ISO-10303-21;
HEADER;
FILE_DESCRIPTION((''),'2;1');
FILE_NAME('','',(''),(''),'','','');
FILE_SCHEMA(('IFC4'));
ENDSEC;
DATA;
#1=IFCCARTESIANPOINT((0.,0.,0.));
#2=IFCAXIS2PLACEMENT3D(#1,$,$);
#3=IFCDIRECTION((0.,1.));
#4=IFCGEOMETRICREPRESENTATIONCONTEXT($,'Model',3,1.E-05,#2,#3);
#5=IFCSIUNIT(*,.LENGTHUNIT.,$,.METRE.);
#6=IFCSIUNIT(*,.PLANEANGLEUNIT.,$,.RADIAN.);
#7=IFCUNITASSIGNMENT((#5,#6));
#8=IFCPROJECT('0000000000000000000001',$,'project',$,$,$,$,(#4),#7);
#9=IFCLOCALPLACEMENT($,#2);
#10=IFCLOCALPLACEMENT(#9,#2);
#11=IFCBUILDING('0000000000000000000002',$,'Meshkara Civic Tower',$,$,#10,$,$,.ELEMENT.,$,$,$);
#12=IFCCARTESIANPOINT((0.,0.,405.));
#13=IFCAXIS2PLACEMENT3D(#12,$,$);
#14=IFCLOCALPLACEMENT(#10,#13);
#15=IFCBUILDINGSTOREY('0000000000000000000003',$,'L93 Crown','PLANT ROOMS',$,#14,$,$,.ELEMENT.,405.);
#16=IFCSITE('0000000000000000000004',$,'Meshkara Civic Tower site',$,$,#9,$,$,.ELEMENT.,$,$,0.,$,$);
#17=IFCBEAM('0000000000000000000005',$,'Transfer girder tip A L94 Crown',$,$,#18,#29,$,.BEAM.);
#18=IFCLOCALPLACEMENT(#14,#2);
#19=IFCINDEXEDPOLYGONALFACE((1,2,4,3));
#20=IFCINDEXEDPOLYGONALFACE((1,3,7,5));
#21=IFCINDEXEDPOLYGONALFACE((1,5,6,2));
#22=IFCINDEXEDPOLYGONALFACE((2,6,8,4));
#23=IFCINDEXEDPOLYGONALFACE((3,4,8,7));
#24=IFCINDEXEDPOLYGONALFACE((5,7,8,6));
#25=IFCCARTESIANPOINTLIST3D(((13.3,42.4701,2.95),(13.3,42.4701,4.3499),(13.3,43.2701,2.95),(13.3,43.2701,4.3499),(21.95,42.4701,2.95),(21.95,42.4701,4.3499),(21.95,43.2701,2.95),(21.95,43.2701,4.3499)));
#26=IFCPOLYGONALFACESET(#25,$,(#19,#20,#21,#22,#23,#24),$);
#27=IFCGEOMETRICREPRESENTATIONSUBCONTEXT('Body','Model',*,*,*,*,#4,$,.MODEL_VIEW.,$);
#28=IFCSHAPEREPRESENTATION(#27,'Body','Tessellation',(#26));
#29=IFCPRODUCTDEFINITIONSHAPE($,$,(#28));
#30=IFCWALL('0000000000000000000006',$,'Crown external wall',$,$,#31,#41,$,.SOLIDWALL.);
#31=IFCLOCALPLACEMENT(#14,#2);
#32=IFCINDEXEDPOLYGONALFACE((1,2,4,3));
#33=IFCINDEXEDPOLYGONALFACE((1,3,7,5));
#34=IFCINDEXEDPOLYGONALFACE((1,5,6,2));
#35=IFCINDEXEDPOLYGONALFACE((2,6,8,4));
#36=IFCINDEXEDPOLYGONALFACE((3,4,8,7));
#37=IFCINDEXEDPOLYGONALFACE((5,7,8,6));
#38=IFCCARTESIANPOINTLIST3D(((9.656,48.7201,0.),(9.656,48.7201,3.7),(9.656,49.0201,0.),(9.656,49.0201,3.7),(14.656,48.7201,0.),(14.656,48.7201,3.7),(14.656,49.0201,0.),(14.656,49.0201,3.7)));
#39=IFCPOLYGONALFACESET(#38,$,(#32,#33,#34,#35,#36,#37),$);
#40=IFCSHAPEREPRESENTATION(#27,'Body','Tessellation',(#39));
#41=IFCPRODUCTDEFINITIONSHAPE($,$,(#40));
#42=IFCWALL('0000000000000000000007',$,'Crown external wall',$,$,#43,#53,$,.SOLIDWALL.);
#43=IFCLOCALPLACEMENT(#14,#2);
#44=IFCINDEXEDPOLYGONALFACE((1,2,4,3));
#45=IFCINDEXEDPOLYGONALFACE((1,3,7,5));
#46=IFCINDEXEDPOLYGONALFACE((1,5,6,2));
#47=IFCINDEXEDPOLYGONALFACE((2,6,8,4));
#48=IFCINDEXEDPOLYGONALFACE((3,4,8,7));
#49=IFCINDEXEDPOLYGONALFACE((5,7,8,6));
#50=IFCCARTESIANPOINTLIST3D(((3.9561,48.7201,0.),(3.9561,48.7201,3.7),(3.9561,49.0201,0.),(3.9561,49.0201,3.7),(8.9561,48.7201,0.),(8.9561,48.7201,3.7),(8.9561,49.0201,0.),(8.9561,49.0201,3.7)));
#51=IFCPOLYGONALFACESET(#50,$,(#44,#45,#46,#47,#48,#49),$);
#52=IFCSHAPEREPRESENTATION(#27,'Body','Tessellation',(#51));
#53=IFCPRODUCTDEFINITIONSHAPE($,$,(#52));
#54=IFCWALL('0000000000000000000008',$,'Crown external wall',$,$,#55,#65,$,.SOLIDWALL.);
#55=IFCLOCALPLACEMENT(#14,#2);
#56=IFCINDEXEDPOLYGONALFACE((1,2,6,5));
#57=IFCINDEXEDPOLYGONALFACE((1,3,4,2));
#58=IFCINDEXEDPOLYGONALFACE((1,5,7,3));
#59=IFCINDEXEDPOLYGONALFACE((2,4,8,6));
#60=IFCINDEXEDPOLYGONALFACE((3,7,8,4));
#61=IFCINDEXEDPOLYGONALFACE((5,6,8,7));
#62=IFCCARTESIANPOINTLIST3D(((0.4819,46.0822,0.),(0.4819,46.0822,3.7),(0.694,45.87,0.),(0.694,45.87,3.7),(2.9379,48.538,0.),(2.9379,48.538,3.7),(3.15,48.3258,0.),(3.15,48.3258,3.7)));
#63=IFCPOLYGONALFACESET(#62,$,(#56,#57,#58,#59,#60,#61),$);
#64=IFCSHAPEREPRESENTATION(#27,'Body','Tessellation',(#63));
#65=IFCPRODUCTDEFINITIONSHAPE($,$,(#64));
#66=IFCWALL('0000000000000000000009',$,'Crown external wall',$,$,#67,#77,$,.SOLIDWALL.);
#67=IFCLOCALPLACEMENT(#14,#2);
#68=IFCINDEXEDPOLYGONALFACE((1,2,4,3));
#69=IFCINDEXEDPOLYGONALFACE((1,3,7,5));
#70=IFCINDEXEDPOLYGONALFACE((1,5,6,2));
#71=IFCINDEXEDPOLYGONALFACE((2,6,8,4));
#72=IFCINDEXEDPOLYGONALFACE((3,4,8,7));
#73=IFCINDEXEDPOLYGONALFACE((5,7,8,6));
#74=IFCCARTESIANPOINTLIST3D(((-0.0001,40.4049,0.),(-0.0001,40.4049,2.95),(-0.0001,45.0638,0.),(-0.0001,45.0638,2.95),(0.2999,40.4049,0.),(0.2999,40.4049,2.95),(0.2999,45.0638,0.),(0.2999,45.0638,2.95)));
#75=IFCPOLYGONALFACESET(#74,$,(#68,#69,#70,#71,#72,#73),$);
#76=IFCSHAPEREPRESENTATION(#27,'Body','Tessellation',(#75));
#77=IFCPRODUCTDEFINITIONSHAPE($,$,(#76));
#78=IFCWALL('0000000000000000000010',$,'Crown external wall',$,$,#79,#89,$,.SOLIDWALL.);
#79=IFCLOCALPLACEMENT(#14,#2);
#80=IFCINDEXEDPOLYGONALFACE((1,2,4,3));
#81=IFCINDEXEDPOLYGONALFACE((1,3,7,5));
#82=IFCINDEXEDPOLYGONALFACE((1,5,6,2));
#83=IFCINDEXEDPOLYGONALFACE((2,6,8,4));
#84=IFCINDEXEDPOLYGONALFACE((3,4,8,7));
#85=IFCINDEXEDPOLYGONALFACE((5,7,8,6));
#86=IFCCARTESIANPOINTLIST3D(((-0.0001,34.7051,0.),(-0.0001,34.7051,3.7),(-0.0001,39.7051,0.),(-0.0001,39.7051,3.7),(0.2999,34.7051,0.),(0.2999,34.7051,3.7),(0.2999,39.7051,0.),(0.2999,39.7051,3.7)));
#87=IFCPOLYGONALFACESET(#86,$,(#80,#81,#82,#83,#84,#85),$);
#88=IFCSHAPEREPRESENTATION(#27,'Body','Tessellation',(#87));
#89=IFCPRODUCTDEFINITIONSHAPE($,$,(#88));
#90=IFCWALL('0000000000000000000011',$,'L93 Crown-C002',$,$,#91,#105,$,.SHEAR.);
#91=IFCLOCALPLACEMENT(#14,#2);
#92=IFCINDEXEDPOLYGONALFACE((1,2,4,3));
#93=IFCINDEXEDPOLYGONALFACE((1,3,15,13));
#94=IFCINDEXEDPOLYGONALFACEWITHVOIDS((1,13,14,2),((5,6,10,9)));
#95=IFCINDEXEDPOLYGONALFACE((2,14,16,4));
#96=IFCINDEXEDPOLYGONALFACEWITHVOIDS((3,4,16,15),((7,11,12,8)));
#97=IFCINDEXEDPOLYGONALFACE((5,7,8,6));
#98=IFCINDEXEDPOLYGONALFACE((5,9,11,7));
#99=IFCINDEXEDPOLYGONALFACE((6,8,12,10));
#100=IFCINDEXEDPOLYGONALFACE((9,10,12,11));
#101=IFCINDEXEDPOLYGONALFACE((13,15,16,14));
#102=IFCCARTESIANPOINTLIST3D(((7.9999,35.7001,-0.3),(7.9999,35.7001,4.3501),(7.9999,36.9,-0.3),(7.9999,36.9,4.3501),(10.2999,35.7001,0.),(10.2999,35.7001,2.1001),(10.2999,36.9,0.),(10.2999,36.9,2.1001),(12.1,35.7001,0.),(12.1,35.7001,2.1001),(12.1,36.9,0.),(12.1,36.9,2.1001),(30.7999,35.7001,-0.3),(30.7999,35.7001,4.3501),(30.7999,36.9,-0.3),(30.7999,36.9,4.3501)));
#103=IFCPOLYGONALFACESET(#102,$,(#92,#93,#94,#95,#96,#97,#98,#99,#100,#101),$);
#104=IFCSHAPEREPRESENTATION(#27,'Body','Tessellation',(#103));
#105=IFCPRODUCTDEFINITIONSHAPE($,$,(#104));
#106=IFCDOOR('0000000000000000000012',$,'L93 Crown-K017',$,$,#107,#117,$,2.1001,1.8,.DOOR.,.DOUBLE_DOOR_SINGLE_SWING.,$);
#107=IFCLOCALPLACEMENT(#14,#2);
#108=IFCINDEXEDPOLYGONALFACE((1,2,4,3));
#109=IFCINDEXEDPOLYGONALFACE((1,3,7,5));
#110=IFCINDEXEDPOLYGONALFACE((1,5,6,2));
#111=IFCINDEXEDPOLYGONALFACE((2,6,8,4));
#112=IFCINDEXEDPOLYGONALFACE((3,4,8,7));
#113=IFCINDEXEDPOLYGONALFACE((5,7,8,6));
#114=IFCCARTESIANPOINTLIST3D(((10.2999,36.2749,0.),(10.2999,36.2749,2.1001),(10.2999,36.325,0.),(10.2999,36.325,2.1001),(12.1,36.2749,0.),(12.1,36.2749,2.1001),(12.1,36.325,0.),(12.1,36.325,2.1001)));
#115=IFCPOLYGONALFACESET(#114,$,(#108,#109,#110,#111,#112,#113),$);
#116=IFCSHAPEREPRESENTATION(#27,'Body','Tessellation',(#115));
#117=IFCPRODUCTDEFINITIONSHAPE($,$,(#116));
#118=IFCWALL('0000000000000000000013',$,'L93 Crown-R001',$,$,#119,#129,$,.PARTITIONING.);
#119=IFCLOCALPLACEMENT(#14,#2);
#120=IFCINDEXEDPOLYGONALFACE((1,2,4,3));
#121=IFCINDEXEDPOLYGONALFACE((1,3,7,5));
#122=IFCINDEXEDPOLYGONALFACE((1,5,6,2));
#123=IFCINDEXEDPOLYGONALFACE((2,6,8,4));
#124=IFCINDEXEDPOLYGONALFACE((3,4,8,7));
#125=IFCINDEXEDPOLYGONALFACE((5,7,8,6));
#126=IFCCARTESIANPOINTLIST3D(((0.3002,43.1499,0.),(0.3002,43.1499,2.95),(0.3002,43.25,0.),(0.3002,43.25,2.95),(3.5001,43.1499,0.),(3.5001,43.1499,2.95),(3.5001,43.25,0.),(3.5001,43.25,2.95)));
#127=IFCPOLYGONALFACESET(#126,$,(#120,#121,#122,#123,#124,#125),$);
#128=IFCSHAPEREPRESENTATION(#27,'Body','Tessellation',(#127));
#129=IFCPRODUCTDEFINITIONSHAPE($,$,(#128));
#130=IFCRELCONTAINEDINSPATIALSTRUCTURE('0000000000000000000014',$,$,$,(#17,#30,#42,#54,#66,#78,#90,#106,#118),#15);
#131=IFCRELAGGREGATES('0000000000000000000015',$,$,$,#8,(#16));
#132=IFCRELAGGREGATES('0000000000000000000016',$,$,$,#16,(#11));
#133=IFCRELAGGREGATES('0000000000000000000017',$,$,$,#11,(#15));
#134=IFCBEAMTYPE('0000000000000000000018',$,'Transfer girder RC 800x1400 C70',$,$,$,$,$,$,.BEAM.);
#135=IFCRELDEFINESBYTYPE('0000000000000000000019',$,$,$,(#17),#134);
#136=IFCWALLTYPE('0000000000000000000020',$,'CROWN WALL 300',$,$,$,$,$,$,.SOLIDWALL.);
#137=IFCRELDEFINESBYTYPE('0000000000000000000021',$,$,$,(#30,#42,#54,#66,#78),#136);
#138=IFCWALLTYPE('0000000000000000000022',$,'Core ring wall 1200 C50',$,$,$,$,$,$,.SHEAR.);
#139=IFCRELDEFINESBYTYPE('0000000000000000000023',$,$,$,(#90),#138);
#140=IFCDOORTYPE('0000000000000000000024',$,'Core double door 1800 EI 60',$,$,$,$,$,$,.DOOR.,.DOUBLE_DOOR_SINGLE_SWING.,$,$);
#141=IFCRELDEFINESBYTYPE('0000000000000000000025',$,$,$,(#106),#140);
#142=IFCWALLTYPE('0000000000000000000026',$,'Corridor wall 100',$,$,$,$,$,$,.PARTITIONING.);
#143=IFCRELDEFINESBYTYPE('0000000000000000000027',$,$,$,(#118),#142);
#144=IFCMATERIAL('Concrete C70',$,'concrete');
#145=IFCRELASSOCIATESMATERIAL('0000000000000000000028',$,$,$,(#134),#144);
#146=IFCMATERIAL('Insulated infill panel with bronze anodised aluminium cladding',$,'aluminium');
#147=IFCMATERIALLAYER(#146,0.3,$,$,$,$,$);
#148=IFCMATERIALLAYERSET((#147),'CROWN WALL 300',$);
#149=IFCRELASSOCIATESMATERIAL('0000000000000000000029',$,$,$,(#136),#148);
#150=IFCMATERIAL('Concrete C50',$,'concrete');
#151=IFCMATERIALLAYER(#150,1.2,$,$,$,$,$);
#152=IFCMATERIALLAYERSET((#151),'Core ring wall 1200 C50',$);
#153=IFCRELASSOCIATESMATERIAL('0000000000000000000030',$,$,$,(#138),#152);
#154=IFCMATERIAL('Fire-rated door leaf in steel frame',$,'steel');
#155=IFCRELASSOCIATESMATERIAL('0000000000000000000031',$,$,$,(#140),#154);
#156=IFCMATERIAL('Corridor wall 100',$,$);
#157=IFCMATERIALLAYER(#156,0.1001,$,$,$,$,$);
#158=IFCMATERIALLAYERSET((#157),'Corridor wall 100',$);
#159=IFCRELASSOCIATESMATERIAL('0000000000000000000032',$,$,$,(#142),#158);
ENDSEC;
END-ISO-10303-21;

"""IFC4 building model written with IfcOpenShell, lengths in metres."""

from ifc_helpers import new_model, si_unit, direction, frame, frame_2d, origin, origin_2d, place, context, subcontext, project, spatial, rectangle, extrude, material, layer, layer_set, material_profile, profile_set, type_object, element, fill, save


model = new_model("IFC4")

# Units and contexts
model_context = context("Model", 3, precision=1e-05, world=origin(), true_north=direction((0.0, 1.0)))
body_context = subcontext(model_context, "Body", "Model", "MODEL_VIEW")
ifc_project = project(units=[si_unit("LENGTHUNIT", "METRE"), si_unit("PLANEANGLEUNIT", "RADIAN")], contexts=[model_context])

# Site, building, storey
site_placement = place(None, origin())
site = spatial("IfcSite", under=ifc_project, at=site_placement, Name="Meshkara Civic Tower site", CompositionType="ELEMENT", RefElevation=0.0)
building_placement = place(site_placement, origin())
building = spatial("IfcBuilding", under=site, at=building_placement, Name="Meshkara Civic Tower", CompositionType="ELEMENT")
storey_placement = place(building_placement, frame((0.0, 0.0, 405.0)))
storey = spatial("IfcBuildingStorey", under=building, at=storey_placement, Name="L93 Crown", Description="PLANT ROOMS", CompositionType="ELEMENT", Elevation=405.0)

# Beam
ifc_material_1 = material(Name="Concrete C70", Category="concrete")
ifc_material_profile_1 = material_profile(ifc_material_1, rectangle(XDim=0.8, YDim=1.3999, at=origin_2d()))
ifc_profile_set_1 = profile_set([ifc_material_profile_1], Name="Concrete C70")
beam_type_1 = type_object("IfcBeamType", Name="Transfer girder RC 800x1400 C70", PredefinedType="BEAM", material=ifc_profile_set_1)
for number, where, z_axis, x_axis, name in (
    (1, (13.3, 42.8701, 3.6499), (1.0, 0.0, 0.0), (0.0, 1.0, 0.0), "Transfer girder tip A L94 Crown"),
):
    element("IfcBeam", number, at=place(storey_placement, frame(where, z_axis=z_axis, x_axis=x_axis)), inside=storey, type_object=beam_type_1, Name=name, PredefinedType="BEAM", context=body_context, shape_type="SweptSolid", body=[
        extrude(rectangle(XDim=0.8, YDim=1.3999, at=origin_2d()), origin(), (0.0, 0.0, 1.0), 8.6499),
    ])

# Walls
ifc_material_2 = material(Name="Insulated infill panel with bronze anodised aluminium cladding", Category="aluminium")
ifc_layer_1 = layer(ifc_material_2, 0.3)
ifc_layer_set_1 = layer_set([ifc_layer_1], Name="CROWN WALL 300")
wall_type_1 = type_object("IfcWallType", Name="CROWN WALL 300", PredefinedType="SOLIDWALL", material=ifc_layer_set_1)
for number, where, z_axis, x_axis, name in (
    (2, (14.656, 48.8701, 0.0), (0.0, 0.0, 1.0), (-1.0, 0.0, 0.0), "Crown external wall"),
    (3, (8.9561, 48.8701, 0.0), (0.0, 0.0, 1.0), (-1.0, 0.0, 0.0), "Crown external wall"),
):
    element("IfcWall", number, at=place(storey_placement, frame(where, z_axis=z_axis, x_axis=x_axis)), inside=storey, type_object=wall_type_1, Name=name, PredefinedType="SOLIDWALL", context=body_context, shape_type="SweptSolid", body=[
        extrude(rectangle(XDim=5.0, YDim=0.3, at=frame_2d((2.5, 0.0))), origin(), (0.0, 0.0, 1.0), 3.7),
    ])
wall_1_placement = place(storey_placement, frame((3.0439, 48.4319, 0.0), z_axis=(0.0, 0.0, 1.0), x_axis=(-0.707142, -0.707072, 0.0)))
element("IfcWall", 4, at=wall_1_placement, inside=storey, type_object=wall_type_1, Name="Crown external wall", PredefinedType="SOLIDWALL", context=body_context, shape_type="SweptSolid", body=[
    extrude(rectangle(XDim=3.4731, YDim=0.3, at=frame_2d((1.7366, 0.0))), origin(), (0.0, 0.0, 1.0), 3.7),
])
wall_2_placement = place(storey_placement, frame((0.1499, 45.064, 0.0), z_axis=(0.0, 0.0, 1.0), x_axis=(0.0, -1.0, 0.0)))
element("IfcWall", 5, at=wall_2_placement, inside=storey, type_object=wall_type_1, Name="Crown external wall", PredefinedType="SOLIDWALL", context=body_context, shape_type="SweptSolid", body=[
    extrude(rectangle(XDim=4.6589, YDim=0.3, at=frame_2d((2.3296, 0.0))), origin(), (0.0, 0.0, 1.0), 2.95),
])
wall_3_placement = place(storey_placement, frame((0.1499, 39.7051, 0.0), z_axis=(0.0, 0.0, 1.0), x_axis=(0.0, -1.0, 0.0)))
element("IfcWall", 6, at=wall_3_placement, inside=storey, type_object=wall_type_1, Name="Crown external wall", PredefinedType="SOLIDWALL", context=body_context, shape_type="SweptSolid", body=[
    extrude(rectangle(XDim=5.0, YDim=0.3, at=frame_2d((2.5, 0.0))), origin(), (0.0, 0.0, 1.0), 3.7),
])

# Wall, opening, door
ifc_material_3 = material(Name="Concrete C50", Category="concrete")
ifc_layer_2 = layer(ifc_material_3, 1.2)
ifc_layer_set_2 = layer_set([ifc_layer_2], Name="Core ring wall 1200 C50")
wall_type_2 = type_object("IfcWallType", Name="Core ring wall 1200 C50", PredefinedType="SHEAR", material=ifc_layer_set_2)
wall_4_placement = place(storey_placement, frame((8.0, 36.3, -0.3), z_axis=(0.0, 0.0, 1.0), x_axis=(1.0, 0.0, 0.0)))
wall_4 = element("IfcWall", 7, at=wall_4_placement, inside=storey, type_object=wall_type_2, Name="L93 Crown-C002", PredefinedType="SHEAR", context=body_context, shape_type="SweptSolid", body=[
    extrude(rectangle(XDim=22.8, YDim=1.2, at=frame_2d((11.3999, 0.0))), origin(), (0.0, 0.0, 1.0), 4.6501),
])
opening_1_placement = place(wall_4_placement, frame((2.3, 0.0, 0.3)))
opening_1 = element("IfcOpeningElement", 8, at=opening_1_placement, cuts=wall_4, PredefinedType="OPENING", context=body_context, shape_type="SweptSolid", body=[
    extrude(rectangle(XDim=1.8, YDim=2.1001, at=frame_2d((0.8999, 1.05))), frame((0.0, 0.6099, 0.0), z_axis=(0.0, -1.0, 0.0), x_axis=(1.0, 0.0, 0.0)), (0.0, 0.0, 1.0), 1.22),
])
ifc_material_4 = material(Name="Fire-rated door leaf in steel frame", Category="steel")
door_type_1 = type_object("IfcDoorType", Name="Core double door 1800 EI 60", OperationType="DOUBLE_DOOR_SINGLE_SWING", PredefinedType="DOOR", material=ifc_material_4)
door_1_placement = place(opening_1_placement, origin())
door_1 = element("IfcDoor", 9, at=door_1_placement, inside=storey, type_object=door_type_1, Name="L93 Crown-K017", OperationType="DOUBLE_DOOR_SINGLE_SWING", OverallHeight=2.1001, OverallWidth=1.8, PredefinedType="DOOR", context=body_context, shape_type="SweptSolid", body=[
    extrude(rectangle(XDim=1.8, YDim=2.1001, at=frame_2d((0.8999, 1.05))), frame((0.0, 0.0249, 0.0), z_axis=(0.0, -1.0, 0.0), x_axis=(1.0, 0.0, 0.0)), (0.0, 0.0, 1.0), 0.05),
])
fill(opening_1, door_1)

# Wall
ifc_material_5 = material(Name="Corridor wall 100")
ifc_layer_3 = layer(ifc_material_5, 0.1001)
ifc_layer_set_3 = layer_set([ifc_layer_3], Name="Corridor wall 100")
wall_type_3 = type_object("IfcWallType", Name="Corridor wall 100", PredefinedType="PARTITIONING", material=ifc_layer_set_3)
wall_5_placement = place(storey_placement, frame((0.3, 43.2, 0.0), z_axis=(0.0, 0.0, 1.0), x_axis=(1.0, 0.0, 0.0)))
element("IfcWall", 10, at=wall_5_placement, inside=storey, type_object=wall_type_3, Name="L93 Crown-R001", PredefinedType="PARTITIONING", context=body_context, shape_type="SweptSolid", body=[
    extrude(rectangle(XDim=3.2, YDim=0.1001, at=frame_2d((1.6001, 0.0))), origin(), (0.0, 0.0, 1.0), 2.95),
])

save(model, "model.ifc")
